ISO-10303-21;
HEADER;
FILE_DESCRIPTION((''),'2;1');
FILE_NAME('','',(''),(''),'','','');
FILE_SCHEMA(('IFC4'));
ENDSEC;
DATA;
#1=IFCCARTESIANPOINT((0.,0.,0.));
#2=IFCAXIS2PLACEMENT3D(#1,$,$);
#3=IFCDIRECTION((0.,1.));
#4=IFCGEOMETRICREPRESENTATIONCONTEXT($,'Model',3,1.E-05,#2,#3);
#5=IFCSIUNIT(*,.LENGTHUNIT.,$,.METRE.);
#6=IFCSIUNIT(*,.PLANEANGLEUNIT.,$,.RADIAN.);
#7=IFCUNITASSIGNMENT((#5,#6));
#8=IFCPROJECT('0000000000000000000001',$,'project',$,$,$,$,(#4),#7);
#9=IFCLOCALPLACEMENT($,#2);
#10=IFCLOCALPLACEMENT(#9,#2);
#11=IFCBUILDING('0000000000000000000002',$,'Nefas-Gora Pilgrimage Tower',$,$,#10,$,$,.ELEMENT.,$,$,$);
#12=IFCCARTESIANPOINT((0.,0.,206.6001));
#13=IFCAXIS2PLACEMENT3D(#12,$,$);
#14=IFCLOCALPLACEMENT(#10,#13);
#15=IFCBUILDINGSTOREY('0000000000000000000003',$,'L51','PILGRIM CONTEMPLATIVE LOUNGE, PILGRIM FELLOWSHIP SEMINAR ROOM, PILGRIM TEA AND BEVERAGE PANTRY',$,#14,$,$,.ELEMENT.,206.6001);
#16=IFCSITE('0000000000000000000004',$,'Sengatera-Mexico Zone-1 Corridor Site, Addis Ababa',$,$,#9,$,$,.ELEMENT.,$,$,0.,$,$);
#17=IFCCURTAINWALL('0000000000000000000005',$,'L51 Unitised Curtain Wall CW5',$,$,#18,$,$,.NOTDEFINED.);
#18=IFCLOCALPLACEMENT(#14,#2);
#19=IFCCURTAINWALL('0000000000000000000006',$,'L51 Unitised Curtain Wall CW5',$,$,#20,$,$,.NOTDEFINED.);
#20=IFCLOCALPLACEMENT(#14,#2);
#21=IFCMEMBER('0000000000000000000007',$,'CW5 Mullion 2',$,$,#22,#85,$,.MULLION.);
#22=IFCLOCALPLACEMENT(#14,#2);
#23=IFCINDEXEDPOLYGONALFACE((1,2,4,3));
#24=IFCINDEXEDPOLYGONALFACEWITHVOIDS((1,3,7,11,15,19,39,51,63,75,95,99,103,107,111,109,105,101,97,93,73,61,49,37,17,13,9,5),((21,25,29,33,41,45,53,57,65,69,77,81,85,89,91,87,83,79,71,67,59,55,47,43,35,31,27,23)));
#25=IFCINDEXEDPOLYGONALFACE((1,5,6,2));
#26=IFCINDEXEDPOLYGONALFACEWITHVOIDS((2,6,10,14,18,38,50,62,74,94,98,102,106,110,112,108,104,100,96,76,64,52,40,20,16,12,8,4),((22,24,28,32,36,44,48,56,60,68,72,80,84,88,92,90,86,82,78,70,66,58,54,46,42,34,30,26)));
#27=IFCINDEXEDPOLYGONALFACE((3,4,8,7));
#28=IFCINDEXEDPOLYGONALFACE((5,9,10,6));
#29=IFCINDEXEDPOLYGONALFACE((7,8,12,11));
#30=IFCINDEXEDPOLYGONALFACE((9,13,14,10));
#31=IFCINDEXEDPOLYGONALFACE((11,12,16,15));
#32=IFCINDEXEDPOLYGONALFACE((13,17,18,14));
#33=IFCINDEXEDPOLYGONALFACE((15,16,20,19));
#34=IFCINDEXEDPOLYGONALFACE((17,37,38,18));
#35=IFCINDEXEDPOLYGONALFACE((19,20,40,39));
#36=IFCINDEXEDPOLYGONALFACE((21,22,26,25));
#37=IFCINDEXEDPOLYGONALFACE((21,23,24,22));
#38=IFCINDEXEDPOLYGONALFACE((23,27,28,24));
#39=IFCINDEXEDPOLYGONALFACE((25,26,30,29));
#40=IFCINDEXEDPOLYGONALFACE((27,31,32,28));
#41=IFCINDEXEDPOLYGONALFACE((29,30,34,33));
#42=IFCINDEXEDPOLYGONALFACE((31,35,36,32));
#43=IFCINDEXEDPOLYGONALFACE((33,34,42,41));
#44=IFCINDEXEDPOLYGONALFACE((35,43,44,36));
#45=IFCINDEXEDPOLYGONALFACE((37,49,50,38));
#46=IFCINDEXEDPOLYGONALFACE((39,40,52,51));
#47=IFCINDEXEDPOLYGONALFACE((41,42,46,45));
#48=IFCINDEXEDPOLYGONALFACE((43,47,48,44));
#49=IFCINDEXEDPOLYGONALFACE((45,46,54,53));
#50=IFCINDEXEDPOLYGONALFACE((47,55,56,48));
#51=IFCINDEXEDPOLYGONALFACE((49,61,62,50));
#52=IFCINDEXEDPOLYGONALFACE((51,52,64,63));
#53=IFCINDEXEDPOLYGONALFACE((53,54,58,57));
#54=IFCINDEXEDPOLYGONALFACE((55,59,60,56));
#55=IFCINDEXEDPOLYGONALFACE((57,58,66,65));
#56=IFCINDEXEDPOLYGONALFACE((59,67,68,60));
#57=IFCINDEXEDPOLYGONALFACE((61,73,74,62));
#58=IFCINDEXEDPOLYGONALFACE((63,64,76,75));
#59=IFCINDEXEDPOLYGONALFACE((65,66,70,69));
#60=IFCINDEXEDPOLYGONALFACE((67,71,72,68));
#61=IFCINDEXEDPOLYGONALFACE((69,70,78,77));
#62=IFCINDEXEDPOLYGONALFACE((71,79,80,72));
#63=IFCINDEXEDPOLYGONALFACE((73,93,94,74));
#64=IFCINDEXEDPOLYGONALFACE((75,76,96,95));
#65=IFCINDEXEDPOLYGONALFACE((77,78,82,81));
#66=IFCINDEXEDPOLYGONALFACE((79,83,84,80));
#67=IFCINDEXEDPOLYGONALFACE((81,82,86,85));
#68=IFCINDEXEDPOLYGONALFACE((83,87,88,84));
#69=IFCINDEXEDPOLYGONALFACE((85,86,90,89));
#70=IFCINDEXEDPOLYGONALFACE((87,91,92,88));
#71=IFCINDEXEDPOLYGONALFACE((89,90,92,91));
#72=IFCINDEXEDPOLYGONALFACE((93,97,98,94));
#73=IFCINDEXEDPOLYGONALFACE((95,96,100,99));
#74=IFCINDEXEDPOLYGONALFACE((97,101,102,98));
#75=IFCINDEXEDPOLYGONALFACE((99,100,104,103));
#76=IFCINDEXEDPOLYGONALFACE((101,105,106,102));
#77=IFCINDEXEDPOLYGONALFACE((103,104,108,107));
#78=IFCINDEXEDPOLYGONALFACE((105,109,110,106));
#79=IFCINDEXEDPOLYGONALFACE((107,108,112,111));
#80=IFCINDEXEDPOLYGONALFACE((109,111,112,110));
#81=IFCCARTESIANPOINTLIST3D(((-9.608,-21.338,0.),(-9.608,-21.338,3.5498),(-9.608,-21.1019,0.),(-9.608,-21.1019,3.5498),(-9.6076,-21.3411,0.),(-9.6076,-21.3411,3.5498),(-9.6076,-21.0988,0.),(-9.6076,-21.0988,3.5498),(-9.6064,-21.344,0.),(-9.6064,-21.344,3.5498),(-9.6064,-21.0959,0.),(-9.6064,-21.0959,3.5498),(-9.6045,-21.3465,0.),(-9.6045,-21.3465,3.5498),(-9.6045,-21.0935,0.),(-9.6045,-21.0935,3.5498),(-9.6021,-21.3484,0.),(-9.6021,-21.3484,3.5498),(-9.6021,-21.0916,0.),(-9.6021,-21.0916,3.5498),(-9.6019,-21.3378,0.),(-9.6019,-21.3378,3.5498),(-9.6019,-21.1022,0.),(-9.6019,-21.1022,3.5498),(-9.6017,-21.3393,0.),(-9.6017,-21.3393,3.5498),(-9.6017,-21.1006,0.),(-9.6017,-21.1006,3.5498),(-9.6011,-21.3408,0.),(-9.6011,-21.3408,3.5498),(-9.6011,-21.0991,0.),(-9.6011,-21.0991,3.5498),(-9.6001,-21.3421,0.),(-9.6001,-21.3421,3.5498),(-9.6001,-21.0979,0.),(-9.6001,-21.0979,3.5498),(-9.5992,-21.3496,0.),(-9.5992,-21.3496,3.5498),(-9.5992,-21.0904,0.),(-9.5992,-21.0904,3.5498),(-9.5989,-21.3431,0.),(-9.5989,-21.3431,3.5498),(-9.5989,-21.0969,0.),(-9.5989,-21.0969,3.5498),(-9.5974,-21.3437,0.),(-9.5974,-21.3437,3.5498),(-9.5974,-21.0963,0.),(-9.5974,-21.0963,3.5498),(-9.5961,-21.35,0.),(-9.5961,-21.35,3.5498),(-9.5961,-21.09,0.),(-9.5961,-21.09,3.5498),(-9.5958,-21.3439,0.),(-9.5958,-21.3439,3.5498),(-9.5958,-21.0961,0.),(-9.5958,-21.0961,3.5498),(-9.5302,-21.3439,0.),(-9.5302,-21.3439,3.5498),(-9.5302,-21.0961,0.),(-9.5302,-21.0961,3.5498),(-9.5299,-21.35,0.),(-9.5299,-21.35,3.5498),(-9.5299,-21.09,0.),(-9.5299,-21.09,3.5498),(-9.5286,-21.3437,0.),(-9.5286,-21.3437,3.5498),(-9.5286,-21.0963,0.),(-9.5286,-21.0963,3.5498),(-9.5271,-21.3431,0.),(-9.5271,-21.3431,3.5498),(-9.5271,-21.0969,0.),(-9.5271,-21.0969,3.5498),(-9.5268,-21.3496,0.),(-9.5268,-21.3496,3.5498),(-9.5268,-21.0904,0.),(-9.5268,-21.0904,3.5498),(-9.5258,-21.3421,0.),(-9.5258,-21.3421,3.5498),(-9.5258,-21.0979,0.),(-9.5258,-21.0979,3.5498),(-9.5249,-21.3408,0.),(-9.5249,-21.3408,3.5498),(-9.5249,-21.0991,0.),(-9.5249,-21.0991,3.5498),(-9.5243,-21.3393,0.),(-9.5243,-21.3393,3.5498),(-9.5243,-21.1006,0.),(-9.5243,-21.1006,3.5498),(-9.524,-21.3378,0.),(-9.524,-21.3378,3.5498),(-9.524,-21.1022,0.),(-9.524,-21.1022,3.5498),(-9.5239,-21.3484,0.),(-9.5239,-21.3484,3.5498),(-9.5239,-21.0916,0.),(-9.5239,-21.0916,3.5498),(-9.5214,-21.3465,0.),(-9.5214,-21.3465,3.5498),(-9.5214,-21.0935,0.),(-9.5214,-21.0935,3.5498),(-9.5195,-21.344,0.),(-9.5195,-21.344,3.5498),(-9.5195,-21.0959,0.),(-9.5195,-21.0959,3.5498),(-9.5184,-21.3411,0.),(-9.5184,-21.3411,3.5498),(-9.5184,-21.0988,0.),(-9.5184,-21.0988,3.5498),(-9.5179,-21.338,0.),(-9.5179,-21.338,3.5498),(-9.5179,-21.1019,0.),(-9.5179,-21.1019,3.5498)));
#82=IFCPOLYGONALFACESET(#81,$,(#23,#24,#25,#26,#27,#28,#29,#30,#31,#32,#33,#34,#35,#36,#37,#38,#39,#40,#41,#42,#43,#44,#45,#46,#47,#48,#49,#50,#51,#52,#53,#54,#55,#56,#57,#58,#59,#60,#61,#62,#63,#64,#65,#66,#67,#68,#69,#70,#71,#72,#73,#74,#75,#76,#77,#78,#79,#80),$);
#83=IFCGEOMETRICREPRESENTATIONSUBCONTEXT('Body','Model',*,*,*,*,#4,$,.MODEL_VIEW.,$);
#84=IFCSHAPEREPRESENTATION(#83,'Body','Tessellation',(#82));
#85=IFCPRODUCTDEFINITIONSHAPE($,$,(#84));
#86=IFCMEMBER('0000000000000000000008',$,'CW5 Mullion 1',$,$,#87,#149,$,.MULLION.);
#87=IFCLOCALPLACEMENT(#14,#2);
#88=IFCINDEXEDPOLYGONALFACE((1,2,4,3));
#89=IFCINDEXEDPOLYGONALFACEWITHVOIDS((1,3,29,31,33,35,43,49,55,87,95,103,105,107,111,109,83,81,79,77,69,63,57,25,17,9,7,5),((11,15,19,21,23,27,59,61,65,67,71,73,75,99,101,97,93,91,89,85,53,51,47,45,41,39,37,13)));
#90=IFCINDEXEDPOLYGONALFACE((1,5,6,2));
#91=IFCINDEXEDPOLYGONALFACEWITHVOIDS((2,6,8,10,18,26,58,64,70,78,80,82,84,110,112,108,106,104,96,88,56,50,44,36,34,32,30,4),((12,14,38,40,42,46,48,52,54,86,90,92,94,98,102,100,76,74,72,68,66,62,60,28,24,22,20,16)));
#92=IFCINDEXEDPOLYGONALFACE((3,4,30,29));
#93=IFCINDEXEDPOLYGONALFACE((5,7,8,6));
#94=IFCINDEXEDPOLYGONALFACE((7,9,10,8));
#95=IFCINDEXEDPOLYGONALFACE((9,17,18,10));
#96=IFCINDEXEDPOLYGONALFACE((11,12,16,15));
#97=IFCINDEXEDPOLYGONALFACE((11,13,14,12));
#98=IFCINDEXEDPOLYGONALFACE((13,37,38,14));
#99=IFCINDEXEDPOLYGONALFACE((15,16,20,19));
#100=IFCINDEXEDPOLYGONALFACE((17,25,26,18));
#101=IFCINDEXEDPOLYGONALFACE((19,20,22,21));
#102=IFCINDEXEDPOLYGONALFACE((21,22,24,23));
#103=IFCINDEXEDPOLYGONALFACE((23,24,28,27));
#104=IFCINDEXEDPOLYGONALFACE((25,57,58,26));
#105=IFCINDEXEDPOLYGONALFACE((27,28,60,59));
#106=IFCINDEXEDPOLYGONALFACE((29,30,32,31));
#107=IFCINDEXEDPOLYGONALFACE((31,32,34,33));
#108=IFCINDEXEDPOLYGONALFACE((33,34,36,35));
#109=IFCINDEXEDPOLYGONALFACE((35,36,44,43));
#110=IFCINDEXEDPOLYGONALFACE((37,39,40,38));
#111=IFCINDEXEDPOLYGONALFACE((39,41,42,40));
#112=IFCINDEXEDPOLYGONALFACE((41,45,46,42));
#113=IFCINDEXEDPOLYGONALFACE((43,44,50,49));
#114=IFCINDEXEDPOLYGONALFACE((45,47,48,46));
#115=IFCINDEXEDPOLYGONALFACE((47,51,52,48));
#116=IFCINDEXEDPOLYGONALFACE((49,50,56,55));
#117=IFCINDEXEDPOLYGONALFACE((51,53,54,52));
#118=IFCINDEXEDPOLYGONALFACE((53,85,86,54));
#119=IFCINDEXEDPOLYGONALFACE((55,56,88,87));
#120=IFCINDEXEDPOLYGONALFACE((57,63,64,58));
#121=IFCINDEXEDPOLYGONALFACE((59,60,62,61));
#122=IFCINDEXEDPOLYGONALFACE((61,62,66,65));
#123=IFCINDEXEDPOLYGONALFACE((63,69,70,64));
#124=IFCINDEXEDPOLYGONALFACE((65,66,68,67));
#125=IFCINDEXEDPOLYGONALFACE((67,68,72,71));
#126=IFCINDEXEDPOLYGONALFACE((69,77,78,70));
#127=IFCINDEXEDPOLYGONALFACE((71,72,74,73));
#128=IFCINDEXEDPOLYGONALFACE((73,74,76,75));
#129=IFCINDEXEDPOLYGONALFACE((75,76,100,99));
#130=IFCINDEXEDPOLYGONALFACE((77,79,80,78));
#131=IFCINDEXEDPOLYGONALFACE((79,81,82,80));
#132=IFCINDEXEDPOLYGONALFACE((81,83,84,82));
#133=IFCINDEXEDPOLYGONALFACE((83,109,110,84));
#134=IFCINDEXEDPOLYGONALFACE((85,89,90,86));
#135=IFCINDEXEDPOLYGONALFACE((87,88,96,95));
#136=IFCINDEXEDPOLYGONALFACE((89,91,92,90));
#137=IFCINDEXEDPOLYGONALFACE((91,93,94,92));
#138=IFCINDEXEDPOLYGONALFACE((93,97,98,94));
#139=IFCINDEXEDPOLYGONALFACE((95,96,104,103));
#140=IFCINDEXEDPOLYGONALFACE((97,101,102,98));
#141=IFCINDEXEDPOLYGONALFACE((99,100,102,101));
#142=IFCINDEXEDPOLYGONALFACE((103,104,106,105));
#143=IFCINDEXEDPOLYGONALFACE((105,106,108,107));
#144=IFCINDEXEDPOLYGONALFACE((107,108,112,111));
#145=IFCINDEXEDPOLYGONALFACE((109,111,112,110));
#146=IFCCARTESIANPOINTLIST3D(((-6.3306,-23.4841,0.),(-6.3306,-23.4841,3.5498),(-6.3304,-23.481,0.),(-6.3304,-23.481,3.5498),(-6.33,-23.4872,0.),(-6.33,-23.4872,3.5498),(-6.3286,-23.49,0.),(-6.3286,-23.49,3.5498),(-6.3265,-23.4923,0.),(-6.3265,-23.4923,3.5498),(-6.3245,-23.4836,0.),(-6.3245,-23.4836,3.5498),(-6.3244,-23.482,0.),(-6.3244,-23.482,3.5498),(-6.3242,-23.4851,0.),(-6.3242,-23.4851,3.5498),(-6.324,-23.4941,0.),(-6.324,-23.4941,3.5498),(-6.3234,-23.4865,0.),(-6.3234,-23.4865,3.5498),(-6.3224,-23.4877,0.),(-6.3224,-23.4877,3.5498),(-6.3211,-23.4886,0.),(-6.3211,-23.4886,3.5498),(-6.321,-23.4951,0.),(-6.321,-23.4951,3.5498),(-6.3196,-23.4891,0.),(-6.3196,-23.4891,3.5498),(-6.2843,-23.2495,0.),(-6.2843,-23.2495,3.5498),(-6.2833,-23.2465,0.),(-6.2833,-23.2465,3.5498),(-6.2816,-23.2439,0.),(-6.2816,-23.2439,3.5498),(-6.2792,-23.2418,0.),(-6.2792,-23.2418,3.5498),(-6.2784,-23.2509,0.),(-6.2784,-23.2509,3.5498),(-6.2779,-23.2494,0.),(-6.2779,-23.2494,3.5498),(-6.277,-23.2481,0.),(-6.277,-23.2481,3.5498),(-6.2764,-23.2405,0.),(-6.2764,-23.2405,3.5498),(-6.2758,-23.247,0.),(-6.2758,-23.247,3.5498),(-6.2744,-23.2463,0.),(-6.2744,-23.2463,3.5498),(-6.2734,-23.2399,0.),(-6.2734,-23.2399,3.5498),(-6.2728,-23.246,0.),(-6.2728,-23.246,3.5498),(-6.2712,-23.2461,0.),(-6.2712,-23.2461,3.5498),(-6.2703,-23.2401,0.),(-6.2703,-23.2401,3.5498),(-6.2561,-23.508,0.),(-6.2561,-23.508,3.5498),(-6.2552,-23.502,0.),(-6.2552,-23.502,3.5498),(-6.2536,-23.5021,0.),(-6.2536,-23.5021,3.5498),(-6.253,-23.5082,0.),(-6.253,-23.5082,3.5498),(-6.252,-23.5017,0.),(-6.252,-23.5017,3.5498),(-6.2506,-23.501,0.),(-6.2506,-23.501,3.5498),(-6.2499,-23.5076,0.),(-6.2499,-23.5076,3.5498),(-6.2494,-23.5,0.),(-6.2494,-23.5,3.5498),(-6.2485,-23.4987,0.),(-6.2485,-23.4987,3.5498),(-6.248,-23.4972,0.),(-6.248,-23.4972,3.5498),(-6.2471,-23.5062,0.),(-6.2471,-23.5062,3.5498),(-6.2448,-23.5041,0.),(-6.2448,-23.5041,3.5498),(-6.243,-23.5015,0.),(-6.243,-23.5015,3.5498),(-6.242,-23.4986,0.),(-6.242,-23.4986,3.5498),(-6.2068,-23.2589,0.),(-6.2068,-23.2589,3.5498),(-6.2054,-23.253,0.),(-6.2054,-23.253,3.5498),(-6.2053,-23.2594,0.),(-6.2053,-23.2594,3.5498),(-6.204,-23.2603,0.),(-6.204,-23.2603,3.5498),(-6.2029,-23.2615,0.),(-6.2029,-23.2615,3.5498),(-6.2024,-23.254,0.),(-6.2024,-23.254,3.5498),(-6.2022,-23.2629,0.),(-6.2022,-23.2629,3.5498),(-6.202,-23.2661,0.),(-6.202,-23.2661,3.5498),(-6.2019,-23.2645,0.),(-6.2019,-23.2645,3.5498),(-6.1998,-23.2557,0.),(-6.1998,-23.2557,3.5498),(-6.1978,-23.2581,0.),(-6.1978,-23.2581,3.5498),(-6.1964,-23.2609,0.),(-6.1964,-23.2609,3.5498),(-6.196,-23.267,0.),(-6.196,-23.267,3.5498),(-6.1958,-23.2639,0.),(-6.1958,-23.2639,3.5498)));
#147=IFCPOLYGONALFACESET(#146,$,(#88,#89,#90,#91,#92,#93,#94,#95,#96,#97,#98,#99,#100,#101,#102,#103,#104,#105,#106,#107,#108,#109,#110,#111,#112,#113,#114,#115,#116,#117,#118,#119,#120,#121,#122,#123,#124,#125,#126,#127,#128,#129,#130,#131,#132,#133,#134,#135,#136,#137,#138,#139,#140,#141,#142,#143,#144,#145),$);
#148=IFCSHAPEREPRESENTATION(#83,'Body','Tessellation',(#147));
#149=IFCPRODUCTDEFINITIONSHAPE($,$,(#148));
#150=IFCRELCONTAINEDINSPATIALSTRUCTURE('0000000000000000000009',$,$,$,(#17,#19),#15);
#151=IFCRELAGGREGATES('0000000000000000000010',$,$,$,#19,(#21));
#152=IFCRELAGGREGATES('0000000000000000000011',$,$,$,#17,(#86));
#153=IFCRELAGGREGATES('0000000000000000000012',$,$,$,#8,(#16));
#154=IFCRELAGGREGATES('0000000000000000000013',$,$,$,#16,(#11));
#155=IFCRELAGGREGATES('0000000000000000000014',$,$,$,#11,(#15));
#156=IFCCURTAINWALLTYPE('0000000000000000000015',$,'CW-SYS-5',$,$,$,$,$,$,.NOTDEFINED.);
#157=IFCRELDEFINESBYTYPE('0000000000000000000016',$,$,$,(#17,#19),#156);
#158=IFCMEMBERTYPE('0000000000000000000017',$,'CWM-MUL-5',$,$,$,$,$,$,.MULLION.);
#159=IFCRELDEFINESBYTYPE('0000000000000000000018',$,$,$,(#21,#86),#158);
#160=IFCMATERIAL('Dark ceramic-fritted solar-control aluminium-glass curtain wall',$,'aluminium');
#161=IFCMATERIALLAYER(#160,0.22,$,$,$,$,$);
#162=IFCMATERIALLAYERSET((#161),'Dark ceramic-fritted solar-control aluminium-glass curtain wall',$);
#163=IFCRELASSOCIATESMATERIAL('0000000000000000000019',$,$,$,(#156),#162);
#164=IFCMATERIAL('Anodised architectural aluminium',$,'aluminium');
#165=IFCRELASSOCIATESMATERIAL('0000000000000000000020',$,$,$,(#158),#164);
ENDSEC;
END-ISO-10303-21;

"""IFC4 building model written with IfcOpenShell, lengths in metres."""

from ifc_helpers import new_model, si_unit, direction, frame, origin, origin_2d, place, context, subcontext, project, spatial, hollow_rectangle, extrude, source, transform, mapped, material, layer, layer_set, material_profile, profile_set, type_object, element, aggregate, save


model = new_model("IFC4")

# Units and contexts
model_context = context("Model", 3, precision=1e-05, world=origin(), true_north=direction((0.0, 1.0)))
body_context = subcontext(model_context, "Body", "Model", "MODEL_VIEW")
ifc_project = project(units=[si_unit("LENGTHUNIT", "METRE"), si_unit("PLANEANGLEUNIT", "RADIAN")], contexts=[model_context])

# Site, building, storey
site_placement = place(None, origin())
site = spatial("IfcSite", under=ifc_project, at=site_placement, Name="Sengatera-Mexico Zone-1 Corridor Site, Addis Ababa", CompositionType="ELEMENT", RefElevation=0.0)
building_placement = place(site_placement, origin())
building = spatial("IfcBuilding", under=site, at=building_placement, Name="Nefas-Gora Pilgrimage Tower", CompositionType="ELEMENT")
storey_placement = place(building_placement, frame((0.0, 0.0, 206.6001)))
storey = spatial("IfcBuildingStorey", under=building, at=storey_placement, Name="L51", Description="PILGRIM CONTEMPLATIVE LOUNGE, PILGRIM FELLOWSHIP SEMINAR ROOM, PILGRIM TEA AND BEVERAGE PANTRY", CompositionType="ELEMENT", Elevation=206.6001)

# Curtain walls, member
ifc_material_1 = material(Name="Dark ceramic-fritted solar-control aluminium-glass curtain wall", Category="aluminium")
ifc_layer_1 = layer(ifc_material_1, 0.22)
ifc_layer_set_1 = layer_set([ifc_layer_1], Name="Dark ceramic-fritted solar-control aluminium-glass curtain wall")
curtain_wall_type = type_object("IfcCurtainWallType", Name="CW-SYS-5", PredefinedType="NOTDEFINED", material=ifc_layer_set_1)
curtain_wall_1_placement = place(storey_placement, origin())
curtain_wall_1 = element("IfcCurtainWall", 1, at=curtain_wall_1_placement, inside=storey, type_object=curtain_wall_type, Name="L51 Unitised Curtain Wall CW5", PredefinedType="NOTDEFINED")
ifc_material_2 = material(Name="Anodised architectural aluminium", Category="aluminium")
curtain_wall_2_placement = place(storey_placement, origin())
curtain_wall_2 = element("IfcCurtainWall", 2, at=curtain_wall_2_placement, inside=storey, type_object=curtain_wall_type, Name="L51 Unitised Curtain Wall CW5", PredefinedType="NOTDEFINED")
ifc_material_profile_1 = material_profile(ifc_material_2, hollow_rectangle(XDim=0.0901, YDim=0.26, WallThickness=0.0061, InnerFilletRadius=0.0061, OuterFilletRadius=0.012, at=origin_2d()), Name="ALU MULLION 90x260")
ifc_profile_set_1 = profile_set([ifc_material_profile_1], Name="Anodised architectural aluminium")
member_type_1 = type_object("IfcMemberType", Name="CWM-MUL-5", PredefinedType="MULLION", material=ifc_profile_set_1)
shared_shape_1 = source(origin(), body_context, "Body", "SweptSolid", [
    extrude(hollow_rectangle(XDim=0.0901, YDim=0.26, WallThickness=0.0061, InnerFilletRadius=0.0061, OuterFilletRadius=0.012, at=origin_2d()), origin(), (0.0, 0.0, 1.0), 3.5498),
])
member_1_placement = place(storey_placement, frame((-9.563, -21.22, 0.0), z_axis=(0.0, 0.0, 1.0), x_axis=(1.0, 0.0, 0.0)))
member_1 = element("IfcMember", 3, at=member_1_placement, type_object=member_type_1, Name="CW5 Mullion 2", PredefinedType="MULLION", context=body_context, shape_type="MappedRepresentation", body=[
    mapped(shared_shape_1, transform((0.0, 0.0, 0.0), x_axis=(1.0, 0.0, 0.0), y_axis=(0.0, 1.0, 0.0), z_axis=(0.0, 0.0, 1.0), scale=1.0)),
])
aggregate(curtain_wall_2, [member_1])

# Member
member_2_placement = place(storey_placement, frame((-6.2632, -23.374, 0.0), z_axis=(0.0, 0.0, 1.0), x_axis=(0.980783, -0.195102, 0.0)))
member_2 = element("IfcMember", 4, at=member_2_placement, type_object=member_type_1, Name="CW5 Mullion 1", PredefinedType="MULLION", context=body_context, shape_type="MappedRepresentation", body=[
    mapped(shared_shape_1, transform((0.0, 0.0, 0.0), x_axis=(1.0, 0.0, 0.0), y_axis=(0.0, 1.0, 0.0), z_axis=(0.0, 0.0, 1.0), scale=1.0)),
])

aggregate(curtain_wall_1, [member_2])

save(model, "model.ifc")
